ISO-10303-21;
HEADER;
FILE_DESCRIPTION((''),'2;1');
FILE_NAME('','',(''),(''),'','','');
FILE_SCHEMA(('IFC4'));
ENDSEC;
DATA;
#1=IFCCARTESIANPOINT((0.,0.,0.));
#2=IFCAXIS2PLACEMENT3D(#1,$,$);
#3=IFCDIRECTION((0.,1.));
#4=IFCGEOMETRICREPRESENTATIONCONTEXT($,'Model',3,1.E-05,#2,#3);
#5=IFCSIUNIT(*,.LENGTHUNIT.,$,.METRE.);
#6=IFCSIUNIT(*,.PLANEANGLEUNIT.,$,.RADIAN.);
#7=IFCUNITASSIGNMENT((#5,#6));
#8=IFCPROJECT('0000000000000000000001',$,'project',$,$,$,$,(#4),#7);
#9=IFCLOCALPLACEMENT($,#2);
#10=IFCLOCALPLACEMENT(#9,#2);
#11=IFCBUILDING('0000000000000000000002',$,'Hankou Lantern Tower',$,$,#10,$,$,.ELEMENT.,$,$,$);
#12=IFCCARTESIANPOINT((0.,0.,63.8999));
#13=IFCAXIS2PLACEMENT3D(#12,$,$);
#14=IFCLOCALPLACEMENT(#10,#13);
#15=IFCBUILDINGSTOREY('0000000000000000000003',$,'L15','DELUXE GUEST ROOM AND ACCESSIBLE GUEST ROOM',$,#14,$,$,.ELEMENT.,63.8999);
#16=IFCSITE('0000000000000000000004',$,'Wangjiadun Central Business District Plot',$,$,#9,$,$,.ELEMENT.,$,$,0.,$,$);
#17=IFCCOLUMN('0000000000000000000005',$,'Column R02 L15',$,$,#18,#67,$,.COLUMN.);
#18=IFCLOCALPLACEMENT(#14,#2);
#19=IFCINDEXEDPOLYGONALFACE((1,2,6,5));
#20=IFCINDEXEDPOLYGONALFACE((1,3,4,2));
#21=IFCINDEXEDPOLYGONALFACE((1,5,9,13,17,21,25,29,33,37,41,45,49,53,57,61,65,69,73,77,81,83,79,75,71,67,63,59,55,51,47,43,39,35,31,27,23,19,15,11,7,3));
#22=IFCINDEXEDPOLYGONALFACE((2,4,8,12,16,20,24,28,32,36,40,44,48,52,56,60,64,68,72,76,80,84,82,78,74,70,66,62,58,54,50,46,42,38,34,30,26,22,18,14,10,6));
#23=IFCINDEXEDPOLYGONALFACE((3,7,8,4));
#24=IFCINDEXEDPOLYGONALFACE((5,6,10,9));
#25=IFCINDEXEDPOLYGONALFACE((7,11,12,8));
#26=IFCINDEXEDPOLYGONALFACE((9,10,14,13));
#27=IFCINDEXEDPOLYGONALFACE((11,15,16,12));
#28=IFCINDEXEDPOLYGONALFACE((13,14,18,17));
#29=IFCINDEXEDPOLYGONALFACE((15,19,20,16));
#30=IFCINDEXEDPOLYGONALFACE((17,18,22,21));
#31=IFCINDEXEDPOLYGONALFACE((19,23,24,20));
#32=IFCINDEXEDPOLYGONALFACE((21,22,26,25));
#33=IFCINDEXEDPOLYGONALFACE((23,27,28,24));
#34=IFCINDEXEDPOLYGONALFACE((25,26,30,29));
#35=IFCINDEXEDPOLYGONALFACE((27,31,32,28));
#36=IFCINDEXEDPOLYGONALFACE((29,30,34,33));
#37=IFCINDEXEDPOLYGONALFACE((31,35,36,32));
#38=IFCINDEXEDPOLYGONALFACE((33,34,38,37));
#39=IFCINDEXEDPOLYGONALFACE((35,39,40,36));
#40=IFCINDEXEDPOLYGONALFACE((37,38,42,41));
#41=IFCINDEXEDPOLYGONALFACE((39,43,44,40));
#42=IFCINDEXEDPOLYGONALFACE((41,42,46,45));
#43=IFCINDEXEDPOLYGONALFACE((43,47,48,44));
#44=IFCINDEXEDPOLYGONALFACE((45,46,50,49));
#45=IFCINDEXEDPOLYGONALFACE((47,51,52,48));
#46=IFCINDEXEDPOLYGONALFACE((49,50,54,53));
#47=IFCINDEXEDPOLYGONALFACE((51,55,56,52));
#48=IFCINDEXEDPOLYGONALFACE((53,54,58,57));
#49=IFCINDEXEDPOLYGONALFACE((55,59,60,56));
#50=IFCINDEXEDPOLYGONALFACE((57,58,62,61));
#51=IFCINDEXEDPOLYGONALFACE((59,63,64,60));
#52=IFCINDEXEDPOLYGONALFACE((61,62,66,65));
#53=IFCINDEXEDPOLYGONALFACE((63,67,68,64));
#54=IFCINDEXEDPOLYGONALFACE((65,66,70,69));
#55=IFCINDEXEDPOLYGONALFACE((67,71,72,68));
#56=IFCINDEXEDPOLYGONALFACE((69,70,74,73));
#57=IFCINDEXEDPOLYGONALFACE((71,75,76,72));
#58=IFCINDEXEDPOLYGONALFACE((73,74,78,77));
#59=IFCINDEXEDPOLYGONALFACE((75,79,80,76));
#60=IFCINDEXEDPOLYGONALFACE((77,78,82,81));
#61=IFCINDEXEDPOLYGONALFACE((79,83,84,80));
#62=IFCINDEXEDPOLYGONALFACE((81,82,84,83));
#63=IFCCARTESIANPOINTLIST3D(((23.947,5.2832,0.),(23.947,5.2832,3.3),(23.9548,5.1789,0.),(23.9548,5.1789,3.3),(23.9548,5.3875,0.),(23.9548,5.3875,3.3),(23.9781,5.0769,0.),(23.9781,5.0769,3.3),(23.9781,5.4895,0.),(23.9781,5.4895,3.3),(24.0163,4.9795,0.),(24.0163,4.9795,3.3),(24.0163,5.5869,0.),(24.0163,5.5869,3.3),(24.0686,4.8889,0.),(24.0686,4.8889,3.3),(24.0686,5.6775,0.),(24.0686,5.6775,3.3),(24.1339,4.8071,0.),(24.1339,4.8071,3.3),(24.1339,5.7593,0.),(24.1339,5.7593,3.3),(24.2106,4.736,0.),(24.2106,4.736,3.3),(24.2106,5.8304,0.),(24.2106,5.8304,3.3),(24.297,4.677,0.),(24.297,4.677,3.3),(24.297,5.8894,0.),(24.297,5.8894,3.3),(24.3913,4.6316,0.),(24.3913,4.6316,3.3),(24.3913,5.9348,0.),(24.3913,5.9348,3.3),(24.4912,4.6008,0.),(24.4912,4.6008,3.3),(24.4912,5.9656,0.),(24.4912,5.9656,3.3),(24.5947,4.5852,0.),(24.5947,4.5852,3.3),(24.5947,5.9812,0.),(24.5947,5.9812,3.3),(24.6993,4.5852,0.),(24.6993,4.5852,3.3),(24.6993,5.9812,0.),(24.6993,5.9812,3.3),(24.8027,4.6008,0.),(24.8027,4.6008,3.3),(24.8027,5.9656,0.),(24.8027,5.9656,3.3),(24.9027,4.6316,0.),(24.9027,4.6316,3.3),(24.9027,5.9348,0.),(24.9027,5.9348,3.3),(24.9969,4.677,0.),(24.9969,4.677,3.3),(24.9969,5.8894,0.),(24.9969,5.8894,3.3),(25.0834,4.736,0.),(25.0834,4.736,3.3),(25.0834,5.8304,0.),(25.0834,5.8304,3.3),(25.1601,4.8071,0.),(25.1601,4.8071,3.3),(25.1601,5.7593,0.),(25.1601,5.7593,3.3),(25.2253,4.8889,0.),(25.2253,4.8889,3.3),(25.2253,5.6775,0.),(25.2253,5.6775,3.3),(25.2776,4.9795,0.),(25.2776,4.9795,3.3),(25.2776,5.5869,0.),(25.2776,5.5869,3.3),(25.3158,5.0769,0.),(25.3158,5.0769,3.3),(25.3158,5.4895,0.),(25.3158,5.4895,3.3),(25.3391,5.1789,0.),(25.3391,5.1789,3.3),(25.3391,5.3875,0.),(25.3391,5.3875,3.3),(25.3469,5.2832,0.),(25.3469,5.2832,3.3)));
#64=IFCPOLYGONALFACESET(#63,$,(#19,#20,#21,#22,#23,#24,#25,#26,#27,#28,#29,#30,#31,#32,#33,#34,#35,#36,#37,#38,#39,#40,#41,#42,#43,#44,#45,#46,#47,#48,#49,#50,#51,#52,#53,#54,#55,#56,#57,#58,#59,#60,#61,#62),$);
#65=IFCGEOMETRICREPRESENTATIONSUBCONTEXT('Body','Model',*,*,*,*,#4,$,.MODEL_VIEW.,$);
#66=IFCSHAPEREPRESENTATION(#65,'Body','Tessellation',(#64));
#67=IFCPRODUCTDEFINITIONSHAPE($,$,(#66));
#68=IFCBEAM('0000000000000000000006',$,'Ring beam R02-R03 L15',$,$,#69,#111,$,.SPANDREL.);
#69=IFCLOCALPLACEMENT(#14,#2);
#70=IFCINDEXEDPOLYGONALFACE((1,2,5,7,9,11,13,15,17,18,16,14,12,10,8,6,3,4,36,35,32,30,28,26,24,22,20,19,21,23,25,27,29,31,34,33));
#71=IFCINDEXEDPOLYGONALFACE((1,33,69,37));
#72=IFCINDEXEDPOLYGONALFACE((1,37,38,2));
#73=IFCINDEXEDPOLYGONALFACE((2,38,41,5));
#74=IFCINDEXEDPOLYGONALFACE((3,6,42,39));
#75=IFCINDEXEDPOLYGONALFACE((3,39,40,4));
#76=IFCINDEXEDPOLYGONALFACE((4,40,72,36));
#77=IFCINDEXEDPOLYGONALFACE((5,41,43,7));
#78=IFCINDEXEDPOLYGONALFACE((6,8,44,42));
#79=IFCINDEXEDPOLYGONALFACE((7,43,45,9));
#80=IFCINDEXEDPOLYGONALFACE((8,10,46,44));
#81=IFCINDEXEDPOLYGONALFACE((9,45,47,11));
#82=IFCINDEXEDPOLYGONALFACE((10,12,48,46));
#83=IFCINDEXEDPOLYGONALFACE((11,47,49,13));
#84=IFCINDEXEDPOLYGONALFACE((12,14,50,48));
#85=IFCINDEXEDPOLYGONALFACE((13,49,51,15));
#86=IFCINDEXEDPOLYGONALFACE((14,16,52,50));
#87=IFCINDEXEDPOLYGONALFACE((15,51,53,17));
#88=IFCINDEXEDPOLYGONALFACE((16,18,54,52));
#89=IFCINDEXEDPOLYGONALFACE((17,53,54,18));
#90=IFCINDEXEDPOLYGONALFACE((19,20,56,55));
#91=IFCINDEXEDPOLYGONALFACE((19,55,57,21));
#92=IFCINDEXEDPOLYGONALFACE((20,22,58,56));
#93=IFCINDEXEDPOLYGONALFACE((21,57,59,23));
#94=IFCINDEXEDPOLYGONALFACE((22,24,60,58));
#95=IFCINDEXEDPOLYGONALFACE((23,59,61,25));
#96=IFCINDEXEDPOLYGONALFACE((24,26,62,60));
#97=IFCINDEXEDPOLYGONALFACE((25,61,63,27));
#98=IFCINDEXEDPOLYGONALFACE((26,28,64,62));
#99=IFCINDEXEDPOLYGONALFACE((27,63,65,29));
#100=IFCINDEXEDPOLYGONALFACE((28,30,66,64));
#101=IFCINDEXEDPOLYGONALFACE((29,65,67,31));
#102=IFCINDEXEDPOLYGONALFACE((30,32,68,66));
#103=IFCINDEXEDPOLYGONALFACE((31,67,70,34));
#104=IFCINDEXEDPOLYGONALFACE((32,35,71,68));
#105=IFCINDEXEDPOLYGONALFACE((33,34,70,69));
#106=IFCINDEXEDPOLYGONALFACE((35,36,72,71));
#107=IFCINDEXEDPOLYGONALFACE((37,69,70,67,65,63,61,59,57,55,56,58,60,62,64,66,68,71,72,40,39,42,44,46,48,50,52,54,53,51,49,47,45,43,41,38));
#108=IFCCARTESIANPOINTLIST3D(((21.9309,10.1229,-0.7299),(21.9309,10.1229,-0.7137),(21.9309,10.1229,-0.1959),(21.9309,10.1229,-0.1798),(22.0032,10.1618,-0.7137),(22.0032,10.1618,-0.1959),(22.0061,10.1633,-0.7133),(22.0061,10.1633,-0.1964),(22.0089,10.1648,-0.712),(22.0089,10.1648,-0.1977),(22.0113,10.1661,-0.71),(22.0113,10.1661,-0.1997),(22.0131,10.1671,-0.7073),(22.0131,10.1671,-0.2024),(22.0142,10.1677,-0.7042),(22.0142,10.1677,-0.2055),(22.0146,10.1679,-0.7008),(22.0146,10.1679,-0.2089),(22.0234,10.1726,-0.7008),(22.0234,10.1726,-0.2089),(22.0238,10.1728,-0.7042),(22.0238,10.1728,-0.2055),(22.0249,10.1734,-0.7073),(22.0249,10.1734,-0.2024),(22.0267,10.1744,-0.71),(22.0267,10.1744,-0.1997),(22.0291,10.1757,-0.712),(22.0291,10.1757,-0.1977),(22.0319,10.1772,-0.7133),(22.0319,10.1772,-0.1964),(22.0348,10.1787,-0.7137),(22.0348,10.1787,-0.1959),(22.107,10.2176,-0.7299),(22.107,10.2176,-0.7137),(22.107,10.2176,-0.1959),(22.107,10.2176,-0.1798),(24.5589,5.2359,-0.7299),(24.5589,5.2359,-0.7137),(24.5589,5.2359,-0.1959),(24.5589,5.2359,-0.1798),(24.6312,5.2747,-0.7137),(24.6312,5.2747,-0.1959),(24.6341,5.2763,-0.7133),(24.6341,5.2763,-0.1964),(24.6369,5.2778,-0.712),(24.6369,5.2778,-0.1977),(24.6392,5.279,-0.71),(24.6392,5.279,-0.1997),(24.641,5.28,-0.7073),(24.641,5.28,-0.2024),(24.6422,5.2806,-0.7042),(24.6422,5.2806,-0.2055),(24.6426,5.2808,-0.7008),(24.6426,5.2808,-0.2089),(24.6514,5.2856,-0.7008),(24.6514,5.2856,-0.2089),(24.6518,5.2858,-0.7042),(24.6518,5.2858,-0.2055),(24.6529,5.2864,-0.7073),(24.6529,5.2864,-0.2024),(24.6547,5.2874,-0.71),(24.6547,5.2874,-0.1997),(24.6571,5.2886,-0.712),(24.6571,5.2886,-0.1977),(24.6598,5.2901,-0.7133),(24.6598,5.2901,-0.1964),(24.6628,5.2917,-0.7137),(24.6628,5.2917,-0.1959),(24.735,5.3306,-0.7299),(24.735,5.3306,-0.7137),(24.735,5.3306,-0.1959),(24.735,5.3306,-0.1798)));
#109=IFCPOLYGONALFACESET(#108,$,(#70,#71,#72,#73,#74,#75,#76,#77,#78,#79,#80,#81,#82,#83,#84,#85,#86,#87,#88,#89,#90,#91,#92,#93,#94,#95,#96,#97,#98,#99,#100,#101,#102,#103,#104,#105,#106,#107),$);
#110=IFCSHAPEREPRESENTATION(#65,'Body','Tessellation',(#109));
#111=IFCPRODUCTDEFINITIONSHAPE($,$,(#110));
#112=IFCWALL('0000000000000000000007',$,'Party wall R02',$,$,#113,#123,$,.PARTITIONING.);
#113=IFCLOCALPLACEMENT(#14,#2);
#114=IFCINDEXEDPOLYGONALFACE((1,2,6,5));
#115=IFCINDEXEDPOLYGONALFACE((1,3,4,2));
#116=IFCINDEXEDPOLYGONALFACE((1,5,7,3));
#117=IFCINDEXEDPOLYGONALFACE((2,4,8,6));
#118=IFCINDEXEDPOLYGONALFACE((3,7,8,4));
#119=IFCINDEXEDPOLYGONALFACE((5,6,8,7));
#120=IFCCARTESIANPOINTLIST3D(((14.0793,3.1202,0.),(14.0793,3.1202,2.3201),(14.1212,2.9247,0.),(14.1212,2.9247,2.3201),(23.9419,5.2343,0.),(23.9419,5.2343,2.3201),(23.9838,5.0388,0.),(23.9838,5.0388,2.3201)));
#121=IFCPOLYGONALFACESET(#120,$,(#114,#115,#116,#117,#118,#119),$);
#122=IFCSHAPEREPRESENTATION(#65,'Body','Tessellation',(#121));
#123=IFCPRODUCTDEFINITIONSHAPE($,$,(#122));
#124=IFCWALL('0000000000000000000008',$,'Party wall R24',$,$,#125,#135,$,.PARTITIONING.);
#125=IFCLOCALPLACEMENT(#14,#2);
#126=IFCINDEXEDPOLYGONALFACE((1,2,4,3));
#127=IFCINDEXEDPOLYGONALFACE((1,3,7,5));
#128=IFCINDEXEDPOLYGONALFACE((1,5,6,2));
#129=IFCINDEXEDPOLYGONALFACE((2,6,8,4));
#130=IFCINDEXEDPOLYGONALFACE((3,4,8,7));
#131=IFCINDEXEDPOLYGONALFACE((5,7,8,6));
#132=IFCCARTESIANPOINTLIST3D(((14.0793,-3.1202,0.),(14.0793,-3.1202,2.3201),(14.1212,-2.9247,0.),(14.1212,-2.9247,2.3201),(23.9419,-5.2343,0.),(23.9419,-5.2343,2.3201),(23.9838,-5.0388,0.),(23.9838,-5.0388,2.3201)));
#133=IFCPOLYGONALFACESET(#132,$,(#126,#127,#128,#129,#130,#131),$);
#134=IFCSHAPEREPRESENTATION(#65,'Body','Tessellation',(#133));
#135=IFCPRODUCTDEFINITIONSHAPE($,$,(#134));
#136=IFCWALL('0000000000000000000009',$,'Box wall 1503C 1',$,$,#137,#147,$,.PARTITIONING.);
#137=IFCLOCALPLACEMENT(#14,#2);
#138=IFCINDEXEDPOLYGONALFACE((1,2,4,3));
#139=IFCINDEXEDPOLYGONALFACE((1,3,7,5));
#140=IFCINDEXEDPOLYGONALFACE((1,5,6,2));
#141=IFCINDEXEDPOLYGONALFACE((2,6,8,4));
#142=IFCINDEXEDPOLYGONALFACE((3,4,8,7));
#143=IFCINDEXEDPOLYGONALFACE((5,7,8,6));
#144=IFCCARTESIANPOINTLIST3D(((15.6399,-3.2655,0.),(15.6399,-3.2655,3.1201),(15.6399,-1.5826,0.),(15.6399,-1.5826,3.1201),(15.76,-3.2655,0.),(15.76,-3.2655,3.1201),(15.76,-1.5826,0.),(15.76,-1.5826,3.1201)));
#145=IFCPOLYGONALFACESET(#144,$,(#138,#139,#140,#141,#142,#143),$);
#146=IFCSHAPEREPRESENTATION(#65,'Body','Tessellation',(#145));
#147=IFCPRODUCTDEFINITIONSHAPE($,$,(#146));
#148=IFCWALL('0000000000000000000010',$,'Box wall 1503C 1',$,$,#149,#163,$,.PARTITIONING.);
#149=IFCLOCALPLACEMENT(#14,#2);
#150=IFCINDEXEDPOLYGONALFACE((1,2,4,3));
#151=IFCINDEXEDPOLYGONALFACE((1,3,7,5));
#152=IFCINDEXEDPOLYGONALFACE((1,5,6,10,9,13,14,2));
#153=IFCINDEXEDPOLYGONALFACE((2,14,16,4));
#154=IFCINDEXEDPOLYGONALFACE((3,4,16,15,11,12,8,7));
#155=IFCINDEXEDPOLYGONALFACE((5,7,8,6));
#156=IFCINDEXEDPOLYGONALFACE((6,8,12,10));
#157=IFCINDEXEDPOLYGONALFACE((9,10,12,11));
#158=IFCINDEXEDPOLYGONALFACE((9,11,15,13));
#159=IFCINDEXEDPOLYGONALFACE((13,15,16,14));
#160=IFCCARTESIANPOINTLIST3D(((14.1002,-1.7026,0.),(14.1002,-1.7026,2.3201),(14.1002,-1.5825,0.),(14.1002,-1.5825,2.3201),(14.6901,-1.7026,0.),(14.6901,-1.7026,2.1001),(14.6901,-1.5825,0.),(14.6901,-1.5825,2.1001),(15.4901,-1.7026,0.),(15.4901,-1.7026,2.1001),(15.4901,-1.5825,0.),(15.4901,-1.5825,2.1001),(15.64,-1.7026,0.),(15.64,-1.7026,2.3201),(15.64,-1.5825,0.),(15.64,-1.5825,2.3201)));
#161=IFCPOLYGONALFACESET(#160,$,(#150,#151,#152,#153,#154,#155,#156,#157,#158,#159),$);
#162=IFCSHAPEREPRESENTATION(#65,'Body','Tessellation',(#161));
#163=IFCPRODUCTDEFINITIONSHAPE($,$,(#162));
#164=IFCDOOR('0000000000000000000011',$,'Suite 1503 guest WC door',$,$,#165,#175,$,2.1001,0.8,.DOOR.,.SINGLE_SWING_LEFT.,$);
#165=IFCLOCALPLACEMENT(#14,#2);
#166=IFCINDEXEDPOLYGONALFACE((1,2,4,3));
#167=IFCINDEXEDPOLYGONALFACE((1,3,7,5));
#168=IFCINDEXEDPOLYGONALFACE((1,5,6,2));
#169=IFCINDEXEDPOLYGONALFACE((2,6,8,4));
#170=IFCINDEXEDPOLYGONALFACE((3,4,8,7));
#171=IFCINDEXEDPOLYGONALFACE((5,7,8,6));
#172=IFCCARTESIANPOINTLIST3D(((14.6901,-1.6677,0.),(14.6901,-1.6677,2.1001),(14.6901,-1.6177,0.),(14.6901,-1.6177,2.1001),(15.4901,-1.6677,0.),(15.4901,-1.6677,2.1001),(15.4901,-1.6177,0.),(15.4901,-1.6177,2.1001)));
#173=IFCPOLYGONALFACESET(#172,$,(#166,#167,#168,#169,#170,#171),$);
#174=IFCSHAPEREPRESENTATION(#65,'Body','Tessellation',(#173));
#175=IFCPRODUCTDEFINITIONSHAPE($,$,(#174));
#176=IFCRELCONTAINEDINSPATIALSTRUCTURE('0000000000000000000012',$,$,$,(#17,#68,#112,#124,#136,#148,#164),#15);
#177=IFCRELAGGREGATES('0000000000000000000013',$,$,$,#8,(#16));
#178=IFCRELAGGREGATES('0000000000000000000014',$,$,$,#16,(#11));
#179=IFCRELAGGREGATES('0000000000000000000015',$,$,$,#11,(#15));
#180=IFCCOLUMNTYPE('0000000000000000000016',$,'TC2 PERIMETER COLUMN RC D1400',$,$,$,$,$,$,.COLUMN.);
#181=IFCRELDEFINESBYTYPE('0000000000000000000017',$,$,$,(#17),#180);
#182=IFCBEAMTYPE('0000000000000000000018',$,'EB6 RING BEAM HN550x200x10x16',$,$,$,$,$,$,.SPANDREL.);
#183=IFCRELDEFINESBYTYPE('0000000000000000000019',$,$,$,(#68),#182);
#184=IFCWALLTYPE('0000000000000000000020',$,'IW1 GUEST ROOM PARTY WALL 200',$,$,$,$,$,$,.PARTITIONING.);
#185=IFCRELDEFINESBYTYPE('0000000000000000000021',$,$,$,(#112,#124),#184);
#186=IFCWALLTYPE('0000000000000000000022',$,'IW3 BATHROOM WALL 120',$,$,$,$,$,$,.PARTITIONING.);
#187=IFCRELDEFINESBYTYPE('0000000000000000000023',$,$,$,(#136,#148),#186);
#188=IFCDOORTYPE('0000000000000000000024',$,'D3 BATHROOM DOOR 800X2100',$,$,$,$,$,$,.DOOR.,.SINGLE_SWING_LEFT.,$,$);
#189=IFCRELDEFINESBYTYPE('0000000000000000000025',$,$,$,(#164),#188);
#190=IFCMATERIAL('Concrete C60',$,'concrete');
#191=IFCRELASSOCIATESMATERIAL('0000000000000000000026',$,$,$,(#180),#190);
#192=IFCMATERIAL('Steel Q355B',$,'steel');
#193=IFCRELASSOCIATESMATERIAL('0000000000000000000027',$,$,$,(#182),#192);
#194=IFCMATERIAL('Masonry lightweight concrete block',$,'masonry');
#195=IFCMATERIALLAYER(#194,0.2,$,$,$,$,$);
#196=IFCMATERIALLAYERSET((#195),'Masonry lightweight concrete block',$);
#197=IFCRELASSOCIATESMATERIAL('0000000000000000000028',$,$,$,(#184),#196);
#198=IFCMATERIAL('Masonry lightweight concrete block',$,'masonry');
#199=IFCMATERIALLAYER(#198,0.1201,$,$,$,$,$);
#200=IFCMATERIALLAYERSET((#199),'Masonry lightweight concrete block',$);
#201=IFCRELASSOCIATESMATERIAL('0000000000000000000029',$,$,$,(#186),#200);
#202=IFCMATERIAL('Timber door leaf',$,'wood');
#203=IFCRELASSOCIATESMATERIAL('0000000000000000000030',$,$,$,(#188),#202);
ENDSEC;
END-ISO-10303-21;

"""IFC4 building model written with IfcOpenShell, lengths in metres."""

from ifc_helpers import new_model, si_unit, direction, frame, frame_2d, origin, origin_2d, place, context, subcontext, project, spatial, rectangle, circle, i_section, extrude, material, layer, layer_set, material_profile, profile_set, type_object, element, fill, save


model = new_model("IFC4")

# Units and contexts
model_context = context("Model", 3, precision=1e-05, world=origin(), true_north=direction((0.0, 1.0)))
body_context = subcontext(model_context, "Body", "Model", "MODEL_VIEW")
ifc_project = project(units=[si_unit("LENGTHUNIT", "METRE"), si_unit("PLANEANGLEUNIT", "RADIAN")], contexts=[model_context])

# Site, building, storey
site_placement = place(None, origin())
site = spatial("IfcSite", under=ifc_project, at=site_placement, Name="Wangjiadun Central Business District Plot", CompositionType="ELEMENT", RefElevation=0.0)
building_placement = place(site_placement, origin())
building = spatial("IfcBuilding", under=site, at=building_placement, Name="Hankou Lantern Tower", CompositionType="ELEMENT")
storey_placement = place(building_placement, frame((0.0, 0.0, 63.8999)))
storey = spatial("IfcBuildingStorey", under=building, at=storey_placement, Name="L15", Description="DELUXE GUEST ROOM AND ACCESSIBLE GUEST ROOM", CompositionType="ELEMENT", Elevation=63.8999)

# Column
ifc_material_1 = material(Name="Concrete C60", Category="concrete")
ifc_material_profile_1 = material_profile(ifc_material_1, circle(Radius=0.7, at=origin_2d()), Name="RC D1400")
ifc_profile_set_1 = profile_set([ifc_material_profile_1], Name="Concrete C60")
column_type = type_object("IfcColumnType", Name="TC2 PERIMETER COLUMN RC D1400", PredefinedType="COLUMN", material=ifc_profile_set_1)
column_placement = place(storey_placement, frame((24.647, 5.2832, 0.0), z_axis=(0.0, 0.0, 1.0), x_axis=(1.0, 0.0, 0.0)))
element("IfcColumn", 1, at=column_placement, inside=storey, type_object=column_type, Name="Column R02 L15", PredefinedType="COLUMN", context=body_context, shape_type="SweptSolid", body=[
    extrude(circle(Radius=0.7, at=origin_2d()), origin(), (0.0, 0.0, 1.0), 3.3),
])

# Beam
ifc_material_2 = material(Name="Steel Q355B", Category="steel")
ifc_material_profile_2 = material_profile(ifc_material_2, i_section(OverallWidth=0.2, OverallDepth=0.55, WebThickness=0.01, FlangeThickness=0.0161, FilletRadius=0.0129, at=origin_2d()), Name="HN550x200x10x16")
ifc_profile_set_2 = profile_set([ifc_material_profile_2], Name="Steel Q355B")
beam_type = type_object("IfcBeamType", Name="EB6 RING BEAM HN550x200x10x16", PredefinedType="SPANDREL", material=ifc_profile_set_2)
beam_placement = place(storey_placement, frame((24.647, 5.2832, -0.4548), z_axis=(-0.473609, 0.880735, 0.0), x_axis=(-0.880735, -0.473609, 0.0)))
element("IfcBeam", 2, at=beam_placement, inside=storey, type_object=beam_type, Name="Ring beam R02-R03 L15", PredefinedType="SPANDREL", context=body_context, shape_type="SweptSolid", body=[
    extrude(i_section(OverallWidth=0.2, OverallDepth=0.55, WebThickness=0.01, FlangeThickness=0.0161, FilletRadius=0.0129, at=origin_2d()), origin(), (0.0, 0.0, 1.0), 5.5488),
])

# Walls
ifc_material_3 = material(Name="Masonry lightweight concrete block", Category="masonry")
ifc_layer_1 = layer(ifc_material_3, 0.2)
ifc_layer_set_1 = layer_set([ifc_layer_1], Name="Masonry lightweight concrete block")
wall_type_1 = type_object("IfcWallType", Name="IW1 GUEST ROOM PARTY WALL 200", PredefinedType="PARTITIONING", material=ifc_layer_set_1)
for number, where, z_axis, x_axis, name in (
    (3, (14.1001, 3.0225, 0.0), (0.0, 0.0, 1.0), (0.97779, 0.209587, 0.0), "Party wall R02"),
    (4, (14.1001, -3.0225, 0.0), (0.0, 0.0, 1.0), (0.97779, -0.209587, 0.0), "Party wall R24"),
):
    element("IfcWall", number, at=place(storey_placement, frame(where, z_axis=z_axis, x_axis=x_axis)), inside=storey, type_object=wall_type_1, Name=name, PredefinedType="PARTITIONING", context=body_context, shape_type="SweptSolid", body=[
        extrude(rectangle(XDim=10.0867, YDim=0.2, at=frame_2d((5.0435, 0.0))), origin(), (0.0, 0.0, 1.0), 2.3201),
    ])
ifc_material_4 = material(Name="Masonry lightweight concrete block", Category="masonry")
ifc_layer_2 = layer(ifc_material_4, 0.1201)
ifc_layer_set_2 = layer_set([ifc_layer_2], Name="Masonry lightweight concrete block")
wall_type_2 = type_object("IfcWallType", Name="IW3 BATHROOM WALL 120", PredefinedType="PARTITIONING", material=ifc_layer_set_2)
wall_1_placement = place(storey_placement, frame((15.7, -3.2654, 0.0), z_axis=(0.0, 0.0, 1.0), x_axis=(0.0, 1.0, 0.0)))
element("IfcWall", 5, at=wall_1_placement, inside=storey, type_object=wall_type_2, Name="Box wall 1503C 1", PredefinedType="PARTITIONING", context=body_context, shape_type="SweptSolid", body=[
    extrude(rectangle(XDim=1.6829, YDim=0.1201, at=frame_2d((0.8413, 0.0))), origin(), (0.0, 0.0, 1.0), 3.1201),
])

# Wall, opening, door
wall_2_placement = place(storey_placement, frame((14.1001, -1.6426, 0.0), z_axis=(0.0, 0.0, 1.0), x_axis=(1.0, 0.0, 0.0)))
wall_2 = element("IfcWall", 6, at=wall_2_placement, inside=storey, type_object=wall_type_2, Name="Box wall 1503C 1", PredefinedType="PARTITIONING", context=body_context, shape_type="SweptSolid", body=[
    extrude(rectangle(XDim=1.5398, YDim=0.1201, at=frame_2d((0.77, 0.0))), origin(), (0.0, 0.0, 1.0), 2.3201),
])
opening_1_placement = place(wall_2_placement, frame((0.5901, 0.0, 0.0)))
opening_1 = element("IfcOpeningElement", 7, at=opening_1_placement, cuts=wall_2, PredefinedType="OPENING", context=body_context, shape_type="SweptSolid", body=[
    extrude(rectangle(XDim=0.8, YDim=2.1001, at=frame_2d((0.3999, 1.05))), frame((0.0, 0.0701, 0.0), z_axis=(0.0, -1.0, 0.0), x_axis=(1.0, 0.0, 0.0)), (0.0, 0.0, 1.0), 0.1401),
])
ifc_material_5 = material(Name="Timber door leaf", Category="wood")
door_type_1 = type_object("IfcDoorType", Name="D3 BATHROOM DOOR 800X2100", OperationType="SINGLE_SWING_LEFT", PredefinedType="DOOR", material=ifc_material_5)
door_1_placement = place(opening_1_placement, origin())
door_1 = element("IfcDoor", 8, at=door_1_placement, inside=storey, type_object=door_type_1, Name="Suite 1503 guest WC door", OperationType="SINGLE_SWING_LEFT", OverallHeight=2.1001, OverallWidth=0.8, PredefinedType="DOOR", context=body_context, shape_type="SweptSolid", body=[
    extrude(rectangle(XDim=0.8, YDim=2.1001, at=frame_2d((0.3999, 1.05))), frame((0.0, 0.0249, 0.0), z_axis=(0.0, -1.0, 0.0), x_axis=(1.0, 0.0, 0.0)), (0.0, 0.0, 1.0), 0.05),
])
fill(opening_1, door_1)

save(model, "model.ifc")
